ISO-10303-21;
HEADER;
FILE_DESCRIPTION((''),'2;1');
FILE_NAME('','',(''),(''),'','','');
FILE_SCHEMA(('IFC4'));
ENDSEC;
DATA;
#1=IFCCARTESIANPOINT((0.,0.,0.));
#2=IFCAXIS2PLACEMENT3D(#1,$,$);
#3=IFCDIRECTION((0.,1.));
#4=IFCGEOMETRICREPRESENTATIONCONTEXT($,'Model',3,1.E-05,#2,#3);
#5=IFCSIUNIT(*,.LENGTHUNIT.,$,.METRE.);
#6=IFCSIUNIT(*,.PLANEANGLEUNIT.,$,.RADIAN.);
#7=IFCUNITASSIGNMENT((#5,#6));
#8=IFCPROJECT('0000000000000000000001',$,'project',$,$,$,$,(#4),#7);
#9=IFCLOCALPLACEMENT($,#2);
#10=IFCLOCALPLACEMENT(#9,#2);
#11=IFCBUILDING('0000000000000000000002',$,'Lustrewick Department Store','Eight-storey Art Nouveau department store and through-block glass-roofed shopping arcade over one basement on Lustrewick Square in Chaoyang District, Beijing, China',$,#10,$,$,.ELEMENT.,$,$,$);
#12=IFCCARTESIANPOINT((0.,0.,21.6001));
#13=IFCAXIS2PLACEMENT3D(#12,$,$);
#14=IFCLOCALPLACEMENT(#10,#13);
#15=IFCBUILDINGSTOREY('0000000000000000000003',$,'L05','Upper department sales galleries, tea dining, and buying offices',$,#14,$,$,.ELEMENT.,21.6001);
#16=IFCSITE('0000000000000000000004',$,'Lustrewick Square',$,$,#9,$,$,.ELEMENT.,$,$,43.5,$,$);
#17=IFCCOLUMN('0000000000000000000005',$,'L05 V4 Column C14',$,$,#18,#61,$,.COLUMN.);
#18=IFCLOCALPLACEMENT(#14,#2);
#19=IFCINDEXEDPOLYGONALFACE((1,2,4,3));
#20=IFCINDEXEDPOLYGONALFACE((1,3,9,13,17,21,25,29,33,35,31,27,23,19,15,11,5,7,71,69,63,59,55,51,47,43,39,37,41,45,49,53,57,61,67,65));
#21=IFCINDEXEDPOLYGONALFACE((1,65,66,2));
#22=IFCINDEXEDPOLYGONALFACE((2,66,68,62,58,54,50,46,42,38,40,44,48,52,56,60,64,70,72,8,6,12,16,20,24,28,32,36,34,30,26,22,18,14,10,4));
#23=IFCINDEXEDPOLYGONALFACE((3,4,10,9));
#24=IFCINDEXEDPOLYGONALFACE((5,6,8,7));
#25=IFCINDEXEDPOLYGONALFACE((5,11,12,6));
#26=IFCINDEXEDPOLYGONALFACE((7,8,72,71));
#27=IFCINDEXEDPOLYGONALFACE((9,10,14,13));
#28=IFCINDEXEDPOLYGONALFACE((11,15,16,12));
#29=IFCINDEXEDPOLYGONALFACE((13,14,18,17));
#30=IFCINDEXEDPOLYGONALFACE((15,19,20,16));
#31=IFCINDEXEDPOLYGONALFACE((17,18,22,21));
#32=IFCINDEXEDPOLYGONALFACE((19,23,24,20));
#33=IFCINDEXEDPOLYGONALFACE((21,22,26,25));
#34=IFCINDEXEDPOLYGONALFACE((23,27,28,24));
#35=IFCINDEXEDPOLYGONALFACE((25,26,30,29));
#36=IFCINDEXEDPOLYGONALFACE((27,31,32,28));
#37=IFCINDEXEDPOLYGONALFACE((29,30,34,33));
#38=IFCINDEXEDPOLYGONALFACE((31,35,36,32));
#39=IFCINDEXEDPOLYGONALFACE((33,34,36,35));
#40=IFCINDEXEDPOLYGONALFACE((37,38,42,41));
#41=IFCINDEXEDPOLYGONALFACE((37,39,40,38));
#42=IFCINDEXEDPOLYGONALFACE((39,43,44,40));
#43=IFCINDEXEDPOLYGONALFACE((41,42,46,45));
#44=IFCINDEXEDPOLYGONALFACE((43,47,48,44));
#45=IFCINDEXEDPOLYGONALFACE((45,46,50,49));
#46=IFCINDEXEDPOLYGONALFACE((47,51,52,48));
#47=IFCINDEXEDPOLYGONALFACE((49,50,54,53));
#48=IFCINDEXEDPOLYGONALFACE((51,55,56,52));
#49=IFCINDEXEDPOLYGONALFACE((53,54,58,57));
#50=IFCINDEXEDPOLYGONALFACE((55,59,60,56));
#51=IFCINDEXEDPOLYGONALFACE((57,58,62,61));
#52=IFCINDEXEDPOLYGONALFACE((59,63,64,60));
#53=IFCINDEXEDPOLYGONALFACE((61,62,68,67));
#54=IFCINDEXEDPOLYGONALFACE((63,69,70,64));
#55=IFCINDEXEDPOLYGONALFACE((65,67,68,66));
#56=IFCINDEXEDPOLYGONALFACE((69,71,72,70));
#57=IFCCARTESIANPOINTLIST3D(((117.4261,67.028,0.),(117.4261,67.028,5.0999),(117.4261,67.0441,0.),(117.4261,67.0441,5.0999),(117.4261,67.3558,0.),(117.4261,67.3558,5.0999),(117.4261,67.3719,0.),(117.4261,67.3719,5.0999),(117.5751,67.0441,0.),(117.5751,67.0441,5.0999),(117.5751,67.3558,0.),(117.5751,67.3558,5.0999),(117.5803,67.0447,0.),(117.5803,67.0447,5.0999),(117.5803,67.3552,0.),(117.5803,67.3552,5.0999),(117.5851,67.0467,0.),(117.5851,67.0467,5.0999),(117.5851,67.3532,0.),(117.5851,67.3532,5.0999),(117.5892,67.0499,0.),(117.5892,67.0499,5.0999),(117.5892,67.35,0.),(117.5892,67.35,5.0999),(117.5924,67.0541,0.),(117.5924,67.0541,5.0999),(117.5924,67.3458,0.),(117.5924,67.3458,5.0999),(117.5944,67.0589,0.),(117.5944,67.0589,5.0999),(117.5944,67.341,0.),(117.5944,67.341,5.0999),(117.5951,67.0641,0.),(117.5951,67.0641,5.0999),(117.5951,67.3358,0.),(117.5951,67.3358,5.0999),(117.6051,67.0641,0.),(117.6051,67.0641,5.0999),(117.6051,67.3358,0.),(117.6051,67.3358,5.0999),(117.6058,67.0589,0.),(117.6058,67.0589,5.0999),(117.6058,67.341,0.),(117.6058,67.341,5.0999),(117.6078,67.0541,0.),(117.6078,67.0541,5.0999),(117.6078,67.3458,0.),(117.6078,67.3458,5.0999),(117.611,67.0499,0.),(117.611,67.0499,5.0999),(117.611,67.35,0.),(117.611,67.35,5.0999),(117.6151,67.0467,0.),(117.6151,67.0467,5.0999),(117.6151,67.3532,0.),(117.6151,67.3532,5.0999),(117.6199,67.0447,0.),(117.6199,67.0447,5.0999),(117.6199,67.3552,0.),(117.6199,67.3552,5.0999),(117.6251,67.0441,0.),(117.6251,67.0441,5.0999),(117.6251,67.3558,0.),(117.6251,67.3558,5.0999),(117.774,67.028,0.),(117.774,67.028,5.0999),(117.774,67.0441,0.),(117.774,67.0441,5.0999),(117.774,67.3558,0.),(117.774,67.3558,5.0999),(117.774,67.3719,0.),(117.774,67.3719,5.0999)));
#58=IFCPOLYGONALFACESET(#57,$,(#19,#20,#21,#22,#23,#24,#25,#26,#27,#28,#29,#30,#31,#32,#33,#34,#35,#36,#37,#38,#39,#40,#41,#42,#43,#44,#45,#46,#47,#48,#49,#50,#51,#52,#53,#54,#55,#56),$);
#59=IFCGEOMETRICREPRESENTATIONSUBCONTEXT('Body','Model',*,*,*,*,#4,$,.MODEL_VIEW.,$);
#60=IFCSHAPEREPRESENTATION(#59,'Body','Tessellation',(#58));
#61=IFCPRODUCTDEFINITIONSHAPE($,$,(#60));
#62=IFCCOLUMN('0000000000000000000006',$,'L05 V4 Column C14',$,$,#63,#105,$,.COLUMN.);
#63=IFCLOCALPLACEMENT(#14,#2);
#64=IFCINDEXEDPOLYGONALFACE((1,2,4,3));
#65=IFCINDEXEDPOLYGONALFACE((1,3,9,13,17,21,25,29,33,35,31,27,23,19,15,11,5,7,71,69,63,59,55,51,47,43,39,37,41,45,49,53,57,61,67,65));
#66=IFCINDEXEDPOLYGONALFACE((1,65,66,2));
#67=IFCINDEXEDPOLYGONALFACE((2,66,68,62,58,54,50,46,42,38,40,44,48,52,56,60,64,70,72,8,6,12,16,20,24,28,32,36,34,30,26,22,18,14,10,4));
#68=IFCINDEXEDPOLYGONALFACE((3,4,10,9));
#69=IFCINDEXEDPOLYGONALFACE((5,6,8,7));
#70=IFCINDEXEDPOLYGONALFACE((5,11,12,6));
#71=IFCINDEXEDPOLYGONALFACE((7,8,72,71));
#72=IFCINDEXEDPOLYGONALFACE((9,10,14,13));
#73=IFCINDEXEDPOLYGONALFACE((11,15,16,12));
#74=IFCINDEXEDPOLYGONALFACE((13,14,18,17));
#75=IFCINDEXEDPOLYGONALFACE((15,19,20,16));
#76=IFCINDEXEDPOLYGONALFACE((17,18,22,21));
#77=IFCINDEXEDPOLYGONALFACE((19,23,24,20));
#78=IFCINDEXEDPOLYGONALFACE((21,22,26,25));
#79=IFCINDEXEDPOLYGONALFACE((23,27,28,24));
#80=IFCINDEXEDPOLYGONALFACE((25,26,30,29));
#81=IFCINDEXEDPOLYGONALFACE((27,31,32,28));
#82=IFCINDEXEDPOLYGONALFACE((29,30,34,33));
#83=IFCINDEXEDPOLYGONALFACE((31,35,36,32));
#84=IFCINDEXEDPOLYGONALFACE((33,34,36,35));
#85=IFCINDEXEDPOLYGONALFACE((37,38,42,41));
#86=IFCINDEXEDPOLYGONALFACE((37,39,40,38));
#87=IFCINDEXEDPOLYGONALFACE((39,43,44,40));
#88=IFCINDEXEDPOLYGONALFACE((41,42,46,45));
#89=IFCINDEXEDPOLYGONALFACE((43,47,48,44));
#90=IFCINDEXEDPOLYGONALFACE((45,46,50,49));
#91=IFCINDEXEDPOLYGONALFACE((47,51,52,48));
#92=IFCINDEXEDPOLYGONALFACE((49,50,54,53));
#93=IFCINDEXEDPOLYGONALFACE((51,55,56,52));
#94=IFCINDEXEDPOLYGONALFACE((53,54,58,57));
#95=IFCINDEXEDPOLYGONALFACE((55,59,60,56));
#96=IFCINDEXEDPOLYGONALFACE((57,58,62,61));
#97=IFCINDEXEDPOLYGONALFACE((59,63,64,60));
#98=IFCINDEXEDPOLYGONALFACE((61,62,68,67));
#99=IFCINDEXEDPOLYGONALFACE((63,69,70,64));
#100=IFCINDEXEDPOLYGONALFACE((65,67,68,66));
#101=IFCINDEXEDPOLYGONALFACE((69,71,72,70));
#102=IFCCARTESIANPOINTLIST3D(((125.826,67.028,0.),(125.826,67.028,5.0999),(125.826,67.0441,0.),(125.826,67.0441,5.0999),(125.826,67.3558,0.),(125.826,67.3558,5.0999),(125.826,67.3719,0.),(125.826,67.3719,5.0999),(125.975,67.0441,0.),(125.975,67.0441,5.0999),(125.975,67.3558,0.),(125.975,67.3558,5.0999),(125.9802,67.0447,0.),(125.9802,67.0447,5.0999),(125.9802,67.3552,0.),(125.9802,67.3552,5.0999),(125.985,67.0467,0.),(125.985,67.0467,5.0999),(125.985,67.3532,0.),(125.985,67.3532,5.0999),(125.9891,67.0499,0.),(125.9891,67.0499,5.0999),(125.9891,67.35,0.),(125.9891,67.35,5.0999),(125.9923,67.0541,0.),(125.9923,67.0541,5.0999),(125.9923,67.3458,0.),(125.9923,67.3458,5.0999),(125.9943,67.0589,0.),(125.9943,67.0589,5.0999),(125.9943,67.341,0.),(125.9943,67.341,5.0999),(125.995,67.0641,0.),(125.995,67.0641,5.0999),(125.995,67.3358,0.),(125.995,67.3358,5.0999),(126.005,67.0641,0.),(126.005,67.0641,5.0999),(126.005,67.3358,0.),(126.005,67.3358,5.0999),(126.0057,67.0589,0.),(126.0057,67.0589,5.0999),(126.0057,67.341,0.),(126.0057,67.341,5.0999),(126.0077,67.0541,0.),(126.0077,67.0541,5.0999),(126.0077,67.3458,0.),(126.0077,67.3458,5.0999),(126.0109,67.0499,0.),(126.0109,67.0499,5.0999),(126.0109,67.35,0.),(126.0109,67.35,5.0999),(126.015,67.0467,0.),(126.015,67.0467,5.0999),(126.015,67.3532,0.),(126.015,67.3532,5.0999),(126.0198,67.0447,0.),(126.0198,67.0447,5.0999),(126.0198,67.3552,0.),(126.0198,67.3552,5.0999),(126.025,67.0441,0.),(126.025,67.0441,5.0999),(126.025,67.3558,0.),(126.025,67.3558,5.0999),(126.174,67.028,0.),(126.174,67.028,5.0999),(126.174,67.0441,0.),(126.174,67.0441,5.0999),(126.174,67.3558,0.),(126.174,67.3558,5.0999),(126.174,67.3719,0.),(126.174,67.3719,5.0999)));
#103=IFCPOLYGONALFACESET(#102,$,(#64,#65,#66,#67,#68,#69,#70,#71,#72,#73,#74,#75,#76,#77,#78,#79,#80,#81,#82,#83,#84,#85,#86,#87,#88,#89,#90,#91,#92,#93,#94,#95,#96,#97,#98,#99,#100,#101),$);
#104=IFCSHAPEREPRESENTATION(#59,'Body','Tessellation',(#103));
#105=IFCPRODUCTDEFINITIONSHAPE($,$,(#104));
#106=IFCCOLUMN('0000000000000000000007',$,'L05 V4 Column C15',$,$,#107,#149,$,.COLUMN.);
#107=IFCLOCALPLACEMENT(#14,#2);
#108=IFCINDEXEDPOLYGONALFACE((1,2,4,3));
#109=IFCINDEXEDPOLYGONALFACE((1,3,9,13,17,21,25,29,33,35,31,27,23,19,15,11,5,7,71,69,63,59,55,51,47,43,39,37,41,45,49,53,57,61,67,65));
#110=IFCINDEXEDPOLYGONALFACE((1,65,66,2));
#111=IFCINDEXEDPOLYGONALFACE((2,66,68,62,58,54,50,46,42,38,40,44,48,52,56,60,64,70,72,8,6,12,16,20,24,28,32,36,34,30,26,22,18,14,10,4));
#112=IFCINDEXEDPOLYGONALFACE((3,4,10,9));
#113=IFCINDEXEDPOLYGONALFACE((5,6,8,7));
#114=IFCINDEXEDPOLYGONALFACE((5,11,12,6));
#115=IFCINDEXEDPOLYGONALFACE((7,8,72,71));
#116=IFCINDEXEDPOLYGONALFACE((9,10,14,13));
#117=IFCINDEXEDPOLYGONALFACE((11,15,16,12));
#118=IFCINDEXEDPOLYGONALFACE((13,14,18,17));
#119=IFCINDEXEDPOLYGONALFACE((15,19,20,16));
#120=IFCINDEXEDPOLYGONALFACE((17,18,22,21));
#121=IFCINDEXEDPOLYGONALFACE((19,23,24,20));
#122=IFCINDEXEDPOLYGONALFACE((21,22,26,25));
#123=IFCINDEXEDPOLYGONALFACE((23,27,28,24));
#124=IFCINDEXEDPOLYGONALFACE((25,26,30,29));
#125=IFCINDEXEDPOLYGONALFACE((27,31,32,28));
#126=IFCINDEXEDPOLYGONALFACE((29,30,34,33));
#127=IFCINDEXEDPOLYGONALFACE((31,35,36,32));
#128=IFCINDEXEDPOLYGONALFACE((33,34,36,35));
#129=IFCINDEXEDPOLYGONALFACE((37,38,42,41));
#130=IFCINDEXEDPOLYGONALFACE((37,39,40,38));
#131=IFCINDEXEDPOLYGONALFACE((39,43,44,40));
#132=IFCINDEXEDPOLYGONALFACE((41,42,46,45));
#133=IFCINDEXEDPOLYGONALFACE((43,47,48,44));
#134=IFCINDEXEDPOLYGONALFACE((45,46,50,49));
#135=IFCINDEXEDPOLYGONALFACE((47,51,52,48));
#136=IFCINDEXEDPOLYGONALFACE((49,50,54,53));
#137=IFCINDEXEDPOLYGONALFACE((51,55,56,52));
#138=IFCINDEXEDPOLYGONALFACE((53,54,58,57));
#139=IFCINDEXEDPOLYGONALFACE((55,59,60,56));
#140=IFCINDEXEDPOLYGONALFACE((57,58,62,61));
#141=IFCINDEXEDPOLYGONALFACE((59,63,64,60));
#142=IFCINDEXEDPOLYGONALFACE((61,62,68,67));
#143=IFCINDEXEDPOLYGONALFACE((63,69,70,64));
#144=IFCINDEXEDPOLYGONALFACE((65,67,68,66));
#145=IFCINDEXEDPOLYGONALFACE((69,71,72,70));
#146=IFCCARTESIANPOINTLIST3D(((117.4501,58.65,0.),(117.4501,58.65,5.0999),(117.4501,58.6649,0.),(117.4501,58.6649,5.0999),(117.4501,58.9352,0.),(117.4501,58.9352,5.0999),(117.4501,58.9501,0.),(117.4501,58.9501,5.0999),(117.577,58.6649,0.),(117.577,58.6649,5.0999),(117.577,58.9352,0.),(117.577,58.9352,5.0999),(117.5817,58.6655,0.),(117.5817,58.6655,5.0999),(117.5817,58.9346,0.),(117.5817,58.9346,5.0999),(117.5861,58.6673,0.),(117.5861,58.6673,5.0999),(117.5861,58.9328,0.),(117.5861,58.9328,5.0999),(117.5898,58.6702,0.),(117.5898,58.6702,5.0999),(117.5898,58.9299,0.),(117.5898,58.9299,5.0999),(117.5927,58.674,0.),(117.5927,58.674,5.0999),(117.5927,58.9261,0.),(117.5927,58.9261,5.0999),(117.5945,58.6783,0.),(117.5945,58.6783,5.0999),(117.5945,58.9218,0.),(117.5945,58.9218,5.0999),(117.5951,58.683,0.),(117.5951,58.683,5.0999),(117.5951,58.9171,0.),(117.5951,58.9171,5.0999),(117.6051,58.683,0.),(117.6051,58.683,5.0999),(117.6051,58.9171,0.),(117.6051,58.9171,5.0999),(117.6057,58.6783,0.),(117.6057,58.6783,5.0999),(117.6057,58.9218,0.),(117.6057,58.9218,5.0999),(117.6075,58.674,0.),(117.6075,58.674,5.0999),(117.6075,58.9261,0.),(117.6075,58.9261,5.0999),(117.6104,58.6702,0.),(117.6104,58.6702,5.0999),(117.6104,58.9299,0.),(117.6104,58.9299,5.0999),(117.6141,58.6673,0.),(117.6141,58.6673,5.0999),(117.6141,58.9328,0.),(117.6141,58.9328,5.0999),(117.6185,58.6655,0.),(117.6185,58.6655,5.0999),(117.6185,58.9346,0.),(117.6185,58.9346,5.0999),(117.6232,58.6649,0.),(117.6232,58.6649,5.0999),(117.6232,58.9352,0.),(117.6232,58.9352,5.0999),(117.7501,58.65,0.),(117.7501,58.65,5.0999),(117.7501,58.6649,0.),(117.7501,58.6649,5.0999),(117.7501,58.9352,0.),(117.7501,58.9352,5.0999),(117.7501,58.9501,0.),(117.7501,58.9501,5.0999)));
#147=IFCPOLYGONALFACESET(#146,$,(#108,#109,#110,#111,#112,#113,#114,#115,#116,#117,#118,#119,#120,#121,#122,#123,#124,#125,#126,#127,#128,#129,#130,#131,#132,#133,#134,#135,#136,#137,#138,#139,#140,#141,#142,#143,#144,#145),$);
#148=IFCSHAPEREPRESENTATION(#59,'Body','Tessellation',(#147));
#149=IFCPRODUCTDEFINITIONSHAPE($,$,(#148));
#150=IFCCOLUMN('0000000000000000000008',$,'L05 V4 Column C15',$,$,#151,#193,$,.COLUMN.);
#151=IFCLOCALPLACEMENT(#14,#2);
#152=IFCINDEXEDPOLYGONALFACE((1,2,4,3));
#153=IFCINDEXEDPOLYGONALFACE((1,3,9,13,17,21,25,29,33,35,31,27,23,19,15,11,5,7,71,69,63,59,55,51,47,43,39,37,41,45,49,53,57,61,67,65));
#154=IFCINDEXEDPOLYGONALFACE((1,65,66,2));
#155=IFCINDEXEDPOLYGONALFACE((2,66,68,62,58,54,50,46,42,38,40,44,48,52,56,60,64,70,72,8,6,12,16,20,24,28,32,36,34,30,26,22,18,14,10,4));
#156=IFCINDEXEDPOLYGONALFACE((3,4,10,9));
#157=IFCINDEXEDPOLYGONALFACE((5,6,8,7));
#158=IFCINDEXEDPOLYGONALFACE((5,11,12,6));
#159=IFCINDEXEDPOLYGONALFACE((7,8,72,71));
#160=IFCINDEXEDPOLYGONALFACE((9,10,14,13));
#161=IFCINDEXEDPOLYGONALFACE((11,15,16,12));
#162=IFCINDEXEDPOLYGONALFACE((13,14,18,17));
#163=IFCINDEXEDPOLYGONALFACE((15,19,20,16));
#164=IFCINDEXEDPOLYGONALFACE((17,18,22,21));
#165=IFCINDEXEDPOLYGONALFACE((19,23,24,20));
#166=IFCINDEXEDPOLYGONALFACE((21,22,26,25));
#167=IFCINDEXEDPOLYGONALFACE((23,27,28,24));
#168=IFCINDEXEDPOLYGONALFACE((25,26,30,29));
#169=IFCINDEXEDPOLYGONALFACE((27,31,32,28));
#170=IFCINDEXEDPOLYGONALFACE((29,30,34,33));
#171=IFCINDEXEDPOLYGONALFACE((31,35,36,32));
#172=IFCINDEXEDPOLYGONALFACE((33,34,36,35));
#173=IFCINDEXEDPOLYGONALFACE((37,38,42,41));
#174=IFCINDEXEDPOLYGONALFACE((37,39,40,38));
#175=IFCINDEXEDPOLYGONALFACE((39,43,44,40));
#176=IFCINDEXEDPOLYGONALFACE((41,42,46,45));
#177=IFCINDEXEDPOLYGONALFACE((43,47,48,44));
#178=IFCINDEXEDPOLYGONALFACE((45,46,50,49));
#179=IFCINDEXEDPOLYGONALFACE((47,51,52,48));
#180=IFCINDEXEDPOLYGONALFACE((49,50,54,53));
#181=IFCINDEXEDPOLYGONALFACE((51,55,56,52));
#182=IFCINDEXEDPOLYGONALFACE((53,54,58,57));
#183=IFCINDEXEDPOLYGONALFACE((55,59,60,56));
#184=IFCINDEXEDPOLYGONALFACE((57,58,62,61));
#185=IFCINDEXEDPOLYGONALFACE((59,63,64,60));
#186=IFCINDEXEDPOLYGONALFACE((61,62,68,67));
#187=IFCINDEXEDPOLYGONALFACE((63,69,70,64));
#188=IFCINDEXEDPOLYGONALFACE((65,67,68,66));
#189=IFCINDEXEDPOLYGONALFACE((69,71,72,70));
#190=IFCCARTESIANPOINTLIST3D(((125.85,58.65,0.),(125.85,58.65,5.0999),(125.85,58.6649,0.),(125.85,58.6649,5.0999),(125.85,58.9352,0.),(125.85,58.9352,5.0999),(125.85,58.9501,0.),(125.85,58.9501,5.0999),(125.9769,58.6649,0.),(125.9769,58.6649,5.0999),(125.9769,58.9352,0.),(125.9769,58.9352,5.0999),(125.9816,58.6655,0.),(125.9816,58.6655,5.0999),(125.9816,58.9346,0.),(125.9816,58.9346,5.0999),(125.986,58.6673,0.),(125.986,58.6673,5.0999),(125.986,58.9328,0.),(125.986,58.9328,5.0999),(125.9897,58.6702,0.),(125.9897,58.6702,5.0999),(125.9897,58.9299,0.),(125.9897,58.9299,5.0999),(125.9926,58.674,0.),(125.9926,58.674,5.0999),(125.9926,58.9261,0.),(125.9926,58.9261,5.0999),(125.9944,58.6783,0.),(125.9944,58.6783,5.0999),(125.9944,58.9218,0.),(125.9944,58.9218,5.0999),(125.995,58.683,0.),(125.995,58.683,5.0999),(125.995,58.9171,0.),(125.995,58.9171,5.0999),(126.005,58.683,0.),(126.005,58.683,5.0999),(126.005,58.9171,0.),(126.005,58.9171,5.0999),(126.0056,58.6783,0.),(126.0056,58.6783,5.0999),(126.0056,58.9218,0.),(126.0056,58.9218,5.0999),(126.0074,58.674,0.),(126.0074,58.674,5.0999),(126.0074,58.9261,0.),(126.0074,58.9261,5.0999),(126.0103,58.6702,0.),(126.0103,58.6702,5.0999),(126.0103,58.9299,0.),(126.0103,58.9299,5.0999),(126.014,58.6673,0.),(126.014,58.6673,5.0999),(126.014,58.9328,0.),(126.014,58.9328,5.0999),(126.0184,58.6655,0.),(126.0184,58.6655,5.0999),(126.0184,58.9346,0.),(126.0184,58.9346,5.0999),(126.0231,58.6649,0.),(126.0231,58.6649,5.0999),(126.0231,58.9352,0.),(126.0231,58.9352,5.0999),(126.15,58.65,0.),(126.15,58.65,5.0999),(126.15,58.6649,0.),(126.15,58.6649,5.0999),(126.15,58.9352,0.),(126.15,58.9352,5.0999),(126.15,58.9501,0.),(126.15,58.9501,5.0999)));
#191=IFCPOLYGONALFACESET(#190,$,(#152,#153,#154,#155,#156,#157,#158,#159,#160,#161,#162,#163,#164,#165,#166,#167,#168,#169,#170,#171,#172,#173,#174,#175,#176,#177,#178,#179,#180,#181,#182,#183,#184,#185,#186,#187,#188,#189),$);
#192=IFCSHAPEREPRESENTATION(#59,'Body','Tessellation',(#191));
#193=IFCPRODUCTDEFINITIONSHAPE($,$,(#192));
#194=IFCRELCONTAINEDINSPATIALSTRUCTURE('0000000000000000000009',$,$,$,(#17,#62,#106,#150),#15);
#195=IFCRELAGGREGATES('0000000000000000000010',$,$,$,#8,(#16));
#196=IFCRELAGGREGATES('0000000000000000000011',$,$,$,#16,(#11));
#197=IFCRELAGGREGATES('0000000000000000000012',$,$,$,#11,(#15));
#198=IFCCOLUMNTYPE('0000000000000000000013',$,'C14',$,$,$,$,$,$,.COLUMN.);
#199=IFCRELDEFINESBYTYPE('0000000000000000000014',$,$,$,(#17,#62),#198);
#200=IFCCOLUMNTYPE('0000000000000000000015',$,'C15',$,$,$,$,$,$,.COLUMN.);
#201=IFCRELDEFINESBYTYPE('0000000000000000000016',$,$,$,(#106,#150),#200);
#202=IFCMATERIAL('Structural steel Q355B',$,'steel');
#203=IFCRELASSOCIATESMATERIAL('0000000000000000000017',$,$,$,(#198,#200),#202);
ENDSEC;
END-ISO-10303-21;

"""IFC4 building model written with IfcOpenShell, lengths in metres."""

from ifc_helpers import new_model, si_unit, direction, frame, origin, origin_2d, place, context, subcontext, project, spatial, i_section, extrude, material, material_profile, profile_set, type_object, element, save


model = new_model("IFC4")

# Units and contexts
model_context = context("Model", 3, precision=1e-05, world=origin(), true_north=direction((0.0, 1.0)))
body_context = subcontext(model_context, "Body", "Model", "MODEL_VIEW")
ifc_project = project(units=[si_unit("LENGTHUNIT", "METRE"), si_unit("PLANEANGLEUNIT", "RADIAN")], contexts=[model_context])

# Site, building, storey
site_placement = place(None, origin())
site = spatial("IfcSite", under=ifc_project, at=site_placement, Name="Lustrewick Square", CompositionType="ELEMENT", RefElevation=43.5)
building_placement = place(site_placement, origin())
building = spatial("IfcBuilding", under=site, at=building_placement, Name="Lustrewick Department Store", Description="Eight-storey Art Nouveau department store and through-block glass-roofed shopping arcade over one basement on Lustrewick Square in Chaoyang District, Beijing, China", CompositionType="ELEMENT")
storey_placement = place(building_placement, frame((0.0, 0.0, 21.6001)))
storey = spatial("IfcBuildingStorey", under=building, at=storey_placement, Name="L05", Description="Upper department sales galleries, tea dining, and buying offices", CompositionType="ELEMENT", Elevation=21.6001)

# Columns
ifc_material_1 = material(Name="Structural steel Q355B", Category="steel")
ifc_material_profile_1 = material_profile(ifc_material_1, i_section(OverallWidth=0.3479, OverallDepth=0.344, WebThickness=0.01, FlangeThickness=0.0161, FilletRadius=0.02, at=origin_2d()), Name="HW 344x348x10x16")
ifc_profile_set_1 = profile_set([ifc_material_profile_1], Name="Structural steel Q355B")
column_type_1 = type_object("IfcColumnType", Name="C14", PredefinedType="COLUMN", material=ifc_profile_set_1)
for number, where, z_axis, x_axis, name in (
    (1, (117.6001, 67.2, 0.0), (0.0, 0.0, 1.0), (1.0, 0.0, 0.0), "L05 V4 Column C14"),
    (2, (126.0, 67.2, 0.0), (0.0, 0.0, 1.0), (1.0, 0.0, 0.0), "L05 V4 Column C14"),
):
    element("IfcColumn", number, at=place(storey_placement, frame(where, z_axis=z_axis, x_axis=x_axis)), inside=storey, type_object=column_type_1, Name=name, PredefinedType="COLUMN", context=body_context, shape_type="SweptSolid", body=[
        extrude(i_section(OverallWidth=0.3479, OverallDepth=0.344, WebThickness=0.01, FlangeThickness=0.0161, FilletRadius=0.02, at=origin_2d()), origin(), (0.0, 0.0, 1.0), 5.0999),
    ])
ifc_material_profile_2 = material_profile(ifc_material_1, i_section(OverallWidth=0.3, OverallDepth=0.3, WebThickness=0.01, FlangeThickness=0.0149, FilletRadius=0.0181, at=origin_2d()), Name="HW 300x300x10x15")
ifc_profile_set_2 = profile_set([ifc_material_profile_2], Name="Structural steel Q355B")
column_type_2 = type_object("IfcColumnType", Name="C15", PredefinedType="COLUMN", material=ifc_profile_set_2)
for number, where, z_axis, x_axis, name in (
    (3, (117.6001, 58.8, 0.0), (0.0, 0.0, 1.0), (1.0, 0.0, 0.0), "L05 V4 Column C15"),
    (4, (126.0, 58.8, 0.0), (0.0, 0.0, 1.0), (1.0, 0.0, 0.0), "L05 V4 Column C15"),
):
    element("IfcColumn", number, at=place(storey_placement, frame(where, z_axis=z_axis, x_axis=x_axis)), inside=storey, type_object=column_type_2, Name=name, PredefinedType="COLUMN", context=body_context, shape_type="SweptSolid", body=[
        extrude(i_section(OverallWidth=0.3, OverallDepth=0.3, WebThickness=0.01, FlangeThickness=0.0149, FilletRadius=0.0181, at=origin_2d()), origin(), (0.0, 0.0, 1.0), 5.0999),
    ])

save(model, "model.ifc")
